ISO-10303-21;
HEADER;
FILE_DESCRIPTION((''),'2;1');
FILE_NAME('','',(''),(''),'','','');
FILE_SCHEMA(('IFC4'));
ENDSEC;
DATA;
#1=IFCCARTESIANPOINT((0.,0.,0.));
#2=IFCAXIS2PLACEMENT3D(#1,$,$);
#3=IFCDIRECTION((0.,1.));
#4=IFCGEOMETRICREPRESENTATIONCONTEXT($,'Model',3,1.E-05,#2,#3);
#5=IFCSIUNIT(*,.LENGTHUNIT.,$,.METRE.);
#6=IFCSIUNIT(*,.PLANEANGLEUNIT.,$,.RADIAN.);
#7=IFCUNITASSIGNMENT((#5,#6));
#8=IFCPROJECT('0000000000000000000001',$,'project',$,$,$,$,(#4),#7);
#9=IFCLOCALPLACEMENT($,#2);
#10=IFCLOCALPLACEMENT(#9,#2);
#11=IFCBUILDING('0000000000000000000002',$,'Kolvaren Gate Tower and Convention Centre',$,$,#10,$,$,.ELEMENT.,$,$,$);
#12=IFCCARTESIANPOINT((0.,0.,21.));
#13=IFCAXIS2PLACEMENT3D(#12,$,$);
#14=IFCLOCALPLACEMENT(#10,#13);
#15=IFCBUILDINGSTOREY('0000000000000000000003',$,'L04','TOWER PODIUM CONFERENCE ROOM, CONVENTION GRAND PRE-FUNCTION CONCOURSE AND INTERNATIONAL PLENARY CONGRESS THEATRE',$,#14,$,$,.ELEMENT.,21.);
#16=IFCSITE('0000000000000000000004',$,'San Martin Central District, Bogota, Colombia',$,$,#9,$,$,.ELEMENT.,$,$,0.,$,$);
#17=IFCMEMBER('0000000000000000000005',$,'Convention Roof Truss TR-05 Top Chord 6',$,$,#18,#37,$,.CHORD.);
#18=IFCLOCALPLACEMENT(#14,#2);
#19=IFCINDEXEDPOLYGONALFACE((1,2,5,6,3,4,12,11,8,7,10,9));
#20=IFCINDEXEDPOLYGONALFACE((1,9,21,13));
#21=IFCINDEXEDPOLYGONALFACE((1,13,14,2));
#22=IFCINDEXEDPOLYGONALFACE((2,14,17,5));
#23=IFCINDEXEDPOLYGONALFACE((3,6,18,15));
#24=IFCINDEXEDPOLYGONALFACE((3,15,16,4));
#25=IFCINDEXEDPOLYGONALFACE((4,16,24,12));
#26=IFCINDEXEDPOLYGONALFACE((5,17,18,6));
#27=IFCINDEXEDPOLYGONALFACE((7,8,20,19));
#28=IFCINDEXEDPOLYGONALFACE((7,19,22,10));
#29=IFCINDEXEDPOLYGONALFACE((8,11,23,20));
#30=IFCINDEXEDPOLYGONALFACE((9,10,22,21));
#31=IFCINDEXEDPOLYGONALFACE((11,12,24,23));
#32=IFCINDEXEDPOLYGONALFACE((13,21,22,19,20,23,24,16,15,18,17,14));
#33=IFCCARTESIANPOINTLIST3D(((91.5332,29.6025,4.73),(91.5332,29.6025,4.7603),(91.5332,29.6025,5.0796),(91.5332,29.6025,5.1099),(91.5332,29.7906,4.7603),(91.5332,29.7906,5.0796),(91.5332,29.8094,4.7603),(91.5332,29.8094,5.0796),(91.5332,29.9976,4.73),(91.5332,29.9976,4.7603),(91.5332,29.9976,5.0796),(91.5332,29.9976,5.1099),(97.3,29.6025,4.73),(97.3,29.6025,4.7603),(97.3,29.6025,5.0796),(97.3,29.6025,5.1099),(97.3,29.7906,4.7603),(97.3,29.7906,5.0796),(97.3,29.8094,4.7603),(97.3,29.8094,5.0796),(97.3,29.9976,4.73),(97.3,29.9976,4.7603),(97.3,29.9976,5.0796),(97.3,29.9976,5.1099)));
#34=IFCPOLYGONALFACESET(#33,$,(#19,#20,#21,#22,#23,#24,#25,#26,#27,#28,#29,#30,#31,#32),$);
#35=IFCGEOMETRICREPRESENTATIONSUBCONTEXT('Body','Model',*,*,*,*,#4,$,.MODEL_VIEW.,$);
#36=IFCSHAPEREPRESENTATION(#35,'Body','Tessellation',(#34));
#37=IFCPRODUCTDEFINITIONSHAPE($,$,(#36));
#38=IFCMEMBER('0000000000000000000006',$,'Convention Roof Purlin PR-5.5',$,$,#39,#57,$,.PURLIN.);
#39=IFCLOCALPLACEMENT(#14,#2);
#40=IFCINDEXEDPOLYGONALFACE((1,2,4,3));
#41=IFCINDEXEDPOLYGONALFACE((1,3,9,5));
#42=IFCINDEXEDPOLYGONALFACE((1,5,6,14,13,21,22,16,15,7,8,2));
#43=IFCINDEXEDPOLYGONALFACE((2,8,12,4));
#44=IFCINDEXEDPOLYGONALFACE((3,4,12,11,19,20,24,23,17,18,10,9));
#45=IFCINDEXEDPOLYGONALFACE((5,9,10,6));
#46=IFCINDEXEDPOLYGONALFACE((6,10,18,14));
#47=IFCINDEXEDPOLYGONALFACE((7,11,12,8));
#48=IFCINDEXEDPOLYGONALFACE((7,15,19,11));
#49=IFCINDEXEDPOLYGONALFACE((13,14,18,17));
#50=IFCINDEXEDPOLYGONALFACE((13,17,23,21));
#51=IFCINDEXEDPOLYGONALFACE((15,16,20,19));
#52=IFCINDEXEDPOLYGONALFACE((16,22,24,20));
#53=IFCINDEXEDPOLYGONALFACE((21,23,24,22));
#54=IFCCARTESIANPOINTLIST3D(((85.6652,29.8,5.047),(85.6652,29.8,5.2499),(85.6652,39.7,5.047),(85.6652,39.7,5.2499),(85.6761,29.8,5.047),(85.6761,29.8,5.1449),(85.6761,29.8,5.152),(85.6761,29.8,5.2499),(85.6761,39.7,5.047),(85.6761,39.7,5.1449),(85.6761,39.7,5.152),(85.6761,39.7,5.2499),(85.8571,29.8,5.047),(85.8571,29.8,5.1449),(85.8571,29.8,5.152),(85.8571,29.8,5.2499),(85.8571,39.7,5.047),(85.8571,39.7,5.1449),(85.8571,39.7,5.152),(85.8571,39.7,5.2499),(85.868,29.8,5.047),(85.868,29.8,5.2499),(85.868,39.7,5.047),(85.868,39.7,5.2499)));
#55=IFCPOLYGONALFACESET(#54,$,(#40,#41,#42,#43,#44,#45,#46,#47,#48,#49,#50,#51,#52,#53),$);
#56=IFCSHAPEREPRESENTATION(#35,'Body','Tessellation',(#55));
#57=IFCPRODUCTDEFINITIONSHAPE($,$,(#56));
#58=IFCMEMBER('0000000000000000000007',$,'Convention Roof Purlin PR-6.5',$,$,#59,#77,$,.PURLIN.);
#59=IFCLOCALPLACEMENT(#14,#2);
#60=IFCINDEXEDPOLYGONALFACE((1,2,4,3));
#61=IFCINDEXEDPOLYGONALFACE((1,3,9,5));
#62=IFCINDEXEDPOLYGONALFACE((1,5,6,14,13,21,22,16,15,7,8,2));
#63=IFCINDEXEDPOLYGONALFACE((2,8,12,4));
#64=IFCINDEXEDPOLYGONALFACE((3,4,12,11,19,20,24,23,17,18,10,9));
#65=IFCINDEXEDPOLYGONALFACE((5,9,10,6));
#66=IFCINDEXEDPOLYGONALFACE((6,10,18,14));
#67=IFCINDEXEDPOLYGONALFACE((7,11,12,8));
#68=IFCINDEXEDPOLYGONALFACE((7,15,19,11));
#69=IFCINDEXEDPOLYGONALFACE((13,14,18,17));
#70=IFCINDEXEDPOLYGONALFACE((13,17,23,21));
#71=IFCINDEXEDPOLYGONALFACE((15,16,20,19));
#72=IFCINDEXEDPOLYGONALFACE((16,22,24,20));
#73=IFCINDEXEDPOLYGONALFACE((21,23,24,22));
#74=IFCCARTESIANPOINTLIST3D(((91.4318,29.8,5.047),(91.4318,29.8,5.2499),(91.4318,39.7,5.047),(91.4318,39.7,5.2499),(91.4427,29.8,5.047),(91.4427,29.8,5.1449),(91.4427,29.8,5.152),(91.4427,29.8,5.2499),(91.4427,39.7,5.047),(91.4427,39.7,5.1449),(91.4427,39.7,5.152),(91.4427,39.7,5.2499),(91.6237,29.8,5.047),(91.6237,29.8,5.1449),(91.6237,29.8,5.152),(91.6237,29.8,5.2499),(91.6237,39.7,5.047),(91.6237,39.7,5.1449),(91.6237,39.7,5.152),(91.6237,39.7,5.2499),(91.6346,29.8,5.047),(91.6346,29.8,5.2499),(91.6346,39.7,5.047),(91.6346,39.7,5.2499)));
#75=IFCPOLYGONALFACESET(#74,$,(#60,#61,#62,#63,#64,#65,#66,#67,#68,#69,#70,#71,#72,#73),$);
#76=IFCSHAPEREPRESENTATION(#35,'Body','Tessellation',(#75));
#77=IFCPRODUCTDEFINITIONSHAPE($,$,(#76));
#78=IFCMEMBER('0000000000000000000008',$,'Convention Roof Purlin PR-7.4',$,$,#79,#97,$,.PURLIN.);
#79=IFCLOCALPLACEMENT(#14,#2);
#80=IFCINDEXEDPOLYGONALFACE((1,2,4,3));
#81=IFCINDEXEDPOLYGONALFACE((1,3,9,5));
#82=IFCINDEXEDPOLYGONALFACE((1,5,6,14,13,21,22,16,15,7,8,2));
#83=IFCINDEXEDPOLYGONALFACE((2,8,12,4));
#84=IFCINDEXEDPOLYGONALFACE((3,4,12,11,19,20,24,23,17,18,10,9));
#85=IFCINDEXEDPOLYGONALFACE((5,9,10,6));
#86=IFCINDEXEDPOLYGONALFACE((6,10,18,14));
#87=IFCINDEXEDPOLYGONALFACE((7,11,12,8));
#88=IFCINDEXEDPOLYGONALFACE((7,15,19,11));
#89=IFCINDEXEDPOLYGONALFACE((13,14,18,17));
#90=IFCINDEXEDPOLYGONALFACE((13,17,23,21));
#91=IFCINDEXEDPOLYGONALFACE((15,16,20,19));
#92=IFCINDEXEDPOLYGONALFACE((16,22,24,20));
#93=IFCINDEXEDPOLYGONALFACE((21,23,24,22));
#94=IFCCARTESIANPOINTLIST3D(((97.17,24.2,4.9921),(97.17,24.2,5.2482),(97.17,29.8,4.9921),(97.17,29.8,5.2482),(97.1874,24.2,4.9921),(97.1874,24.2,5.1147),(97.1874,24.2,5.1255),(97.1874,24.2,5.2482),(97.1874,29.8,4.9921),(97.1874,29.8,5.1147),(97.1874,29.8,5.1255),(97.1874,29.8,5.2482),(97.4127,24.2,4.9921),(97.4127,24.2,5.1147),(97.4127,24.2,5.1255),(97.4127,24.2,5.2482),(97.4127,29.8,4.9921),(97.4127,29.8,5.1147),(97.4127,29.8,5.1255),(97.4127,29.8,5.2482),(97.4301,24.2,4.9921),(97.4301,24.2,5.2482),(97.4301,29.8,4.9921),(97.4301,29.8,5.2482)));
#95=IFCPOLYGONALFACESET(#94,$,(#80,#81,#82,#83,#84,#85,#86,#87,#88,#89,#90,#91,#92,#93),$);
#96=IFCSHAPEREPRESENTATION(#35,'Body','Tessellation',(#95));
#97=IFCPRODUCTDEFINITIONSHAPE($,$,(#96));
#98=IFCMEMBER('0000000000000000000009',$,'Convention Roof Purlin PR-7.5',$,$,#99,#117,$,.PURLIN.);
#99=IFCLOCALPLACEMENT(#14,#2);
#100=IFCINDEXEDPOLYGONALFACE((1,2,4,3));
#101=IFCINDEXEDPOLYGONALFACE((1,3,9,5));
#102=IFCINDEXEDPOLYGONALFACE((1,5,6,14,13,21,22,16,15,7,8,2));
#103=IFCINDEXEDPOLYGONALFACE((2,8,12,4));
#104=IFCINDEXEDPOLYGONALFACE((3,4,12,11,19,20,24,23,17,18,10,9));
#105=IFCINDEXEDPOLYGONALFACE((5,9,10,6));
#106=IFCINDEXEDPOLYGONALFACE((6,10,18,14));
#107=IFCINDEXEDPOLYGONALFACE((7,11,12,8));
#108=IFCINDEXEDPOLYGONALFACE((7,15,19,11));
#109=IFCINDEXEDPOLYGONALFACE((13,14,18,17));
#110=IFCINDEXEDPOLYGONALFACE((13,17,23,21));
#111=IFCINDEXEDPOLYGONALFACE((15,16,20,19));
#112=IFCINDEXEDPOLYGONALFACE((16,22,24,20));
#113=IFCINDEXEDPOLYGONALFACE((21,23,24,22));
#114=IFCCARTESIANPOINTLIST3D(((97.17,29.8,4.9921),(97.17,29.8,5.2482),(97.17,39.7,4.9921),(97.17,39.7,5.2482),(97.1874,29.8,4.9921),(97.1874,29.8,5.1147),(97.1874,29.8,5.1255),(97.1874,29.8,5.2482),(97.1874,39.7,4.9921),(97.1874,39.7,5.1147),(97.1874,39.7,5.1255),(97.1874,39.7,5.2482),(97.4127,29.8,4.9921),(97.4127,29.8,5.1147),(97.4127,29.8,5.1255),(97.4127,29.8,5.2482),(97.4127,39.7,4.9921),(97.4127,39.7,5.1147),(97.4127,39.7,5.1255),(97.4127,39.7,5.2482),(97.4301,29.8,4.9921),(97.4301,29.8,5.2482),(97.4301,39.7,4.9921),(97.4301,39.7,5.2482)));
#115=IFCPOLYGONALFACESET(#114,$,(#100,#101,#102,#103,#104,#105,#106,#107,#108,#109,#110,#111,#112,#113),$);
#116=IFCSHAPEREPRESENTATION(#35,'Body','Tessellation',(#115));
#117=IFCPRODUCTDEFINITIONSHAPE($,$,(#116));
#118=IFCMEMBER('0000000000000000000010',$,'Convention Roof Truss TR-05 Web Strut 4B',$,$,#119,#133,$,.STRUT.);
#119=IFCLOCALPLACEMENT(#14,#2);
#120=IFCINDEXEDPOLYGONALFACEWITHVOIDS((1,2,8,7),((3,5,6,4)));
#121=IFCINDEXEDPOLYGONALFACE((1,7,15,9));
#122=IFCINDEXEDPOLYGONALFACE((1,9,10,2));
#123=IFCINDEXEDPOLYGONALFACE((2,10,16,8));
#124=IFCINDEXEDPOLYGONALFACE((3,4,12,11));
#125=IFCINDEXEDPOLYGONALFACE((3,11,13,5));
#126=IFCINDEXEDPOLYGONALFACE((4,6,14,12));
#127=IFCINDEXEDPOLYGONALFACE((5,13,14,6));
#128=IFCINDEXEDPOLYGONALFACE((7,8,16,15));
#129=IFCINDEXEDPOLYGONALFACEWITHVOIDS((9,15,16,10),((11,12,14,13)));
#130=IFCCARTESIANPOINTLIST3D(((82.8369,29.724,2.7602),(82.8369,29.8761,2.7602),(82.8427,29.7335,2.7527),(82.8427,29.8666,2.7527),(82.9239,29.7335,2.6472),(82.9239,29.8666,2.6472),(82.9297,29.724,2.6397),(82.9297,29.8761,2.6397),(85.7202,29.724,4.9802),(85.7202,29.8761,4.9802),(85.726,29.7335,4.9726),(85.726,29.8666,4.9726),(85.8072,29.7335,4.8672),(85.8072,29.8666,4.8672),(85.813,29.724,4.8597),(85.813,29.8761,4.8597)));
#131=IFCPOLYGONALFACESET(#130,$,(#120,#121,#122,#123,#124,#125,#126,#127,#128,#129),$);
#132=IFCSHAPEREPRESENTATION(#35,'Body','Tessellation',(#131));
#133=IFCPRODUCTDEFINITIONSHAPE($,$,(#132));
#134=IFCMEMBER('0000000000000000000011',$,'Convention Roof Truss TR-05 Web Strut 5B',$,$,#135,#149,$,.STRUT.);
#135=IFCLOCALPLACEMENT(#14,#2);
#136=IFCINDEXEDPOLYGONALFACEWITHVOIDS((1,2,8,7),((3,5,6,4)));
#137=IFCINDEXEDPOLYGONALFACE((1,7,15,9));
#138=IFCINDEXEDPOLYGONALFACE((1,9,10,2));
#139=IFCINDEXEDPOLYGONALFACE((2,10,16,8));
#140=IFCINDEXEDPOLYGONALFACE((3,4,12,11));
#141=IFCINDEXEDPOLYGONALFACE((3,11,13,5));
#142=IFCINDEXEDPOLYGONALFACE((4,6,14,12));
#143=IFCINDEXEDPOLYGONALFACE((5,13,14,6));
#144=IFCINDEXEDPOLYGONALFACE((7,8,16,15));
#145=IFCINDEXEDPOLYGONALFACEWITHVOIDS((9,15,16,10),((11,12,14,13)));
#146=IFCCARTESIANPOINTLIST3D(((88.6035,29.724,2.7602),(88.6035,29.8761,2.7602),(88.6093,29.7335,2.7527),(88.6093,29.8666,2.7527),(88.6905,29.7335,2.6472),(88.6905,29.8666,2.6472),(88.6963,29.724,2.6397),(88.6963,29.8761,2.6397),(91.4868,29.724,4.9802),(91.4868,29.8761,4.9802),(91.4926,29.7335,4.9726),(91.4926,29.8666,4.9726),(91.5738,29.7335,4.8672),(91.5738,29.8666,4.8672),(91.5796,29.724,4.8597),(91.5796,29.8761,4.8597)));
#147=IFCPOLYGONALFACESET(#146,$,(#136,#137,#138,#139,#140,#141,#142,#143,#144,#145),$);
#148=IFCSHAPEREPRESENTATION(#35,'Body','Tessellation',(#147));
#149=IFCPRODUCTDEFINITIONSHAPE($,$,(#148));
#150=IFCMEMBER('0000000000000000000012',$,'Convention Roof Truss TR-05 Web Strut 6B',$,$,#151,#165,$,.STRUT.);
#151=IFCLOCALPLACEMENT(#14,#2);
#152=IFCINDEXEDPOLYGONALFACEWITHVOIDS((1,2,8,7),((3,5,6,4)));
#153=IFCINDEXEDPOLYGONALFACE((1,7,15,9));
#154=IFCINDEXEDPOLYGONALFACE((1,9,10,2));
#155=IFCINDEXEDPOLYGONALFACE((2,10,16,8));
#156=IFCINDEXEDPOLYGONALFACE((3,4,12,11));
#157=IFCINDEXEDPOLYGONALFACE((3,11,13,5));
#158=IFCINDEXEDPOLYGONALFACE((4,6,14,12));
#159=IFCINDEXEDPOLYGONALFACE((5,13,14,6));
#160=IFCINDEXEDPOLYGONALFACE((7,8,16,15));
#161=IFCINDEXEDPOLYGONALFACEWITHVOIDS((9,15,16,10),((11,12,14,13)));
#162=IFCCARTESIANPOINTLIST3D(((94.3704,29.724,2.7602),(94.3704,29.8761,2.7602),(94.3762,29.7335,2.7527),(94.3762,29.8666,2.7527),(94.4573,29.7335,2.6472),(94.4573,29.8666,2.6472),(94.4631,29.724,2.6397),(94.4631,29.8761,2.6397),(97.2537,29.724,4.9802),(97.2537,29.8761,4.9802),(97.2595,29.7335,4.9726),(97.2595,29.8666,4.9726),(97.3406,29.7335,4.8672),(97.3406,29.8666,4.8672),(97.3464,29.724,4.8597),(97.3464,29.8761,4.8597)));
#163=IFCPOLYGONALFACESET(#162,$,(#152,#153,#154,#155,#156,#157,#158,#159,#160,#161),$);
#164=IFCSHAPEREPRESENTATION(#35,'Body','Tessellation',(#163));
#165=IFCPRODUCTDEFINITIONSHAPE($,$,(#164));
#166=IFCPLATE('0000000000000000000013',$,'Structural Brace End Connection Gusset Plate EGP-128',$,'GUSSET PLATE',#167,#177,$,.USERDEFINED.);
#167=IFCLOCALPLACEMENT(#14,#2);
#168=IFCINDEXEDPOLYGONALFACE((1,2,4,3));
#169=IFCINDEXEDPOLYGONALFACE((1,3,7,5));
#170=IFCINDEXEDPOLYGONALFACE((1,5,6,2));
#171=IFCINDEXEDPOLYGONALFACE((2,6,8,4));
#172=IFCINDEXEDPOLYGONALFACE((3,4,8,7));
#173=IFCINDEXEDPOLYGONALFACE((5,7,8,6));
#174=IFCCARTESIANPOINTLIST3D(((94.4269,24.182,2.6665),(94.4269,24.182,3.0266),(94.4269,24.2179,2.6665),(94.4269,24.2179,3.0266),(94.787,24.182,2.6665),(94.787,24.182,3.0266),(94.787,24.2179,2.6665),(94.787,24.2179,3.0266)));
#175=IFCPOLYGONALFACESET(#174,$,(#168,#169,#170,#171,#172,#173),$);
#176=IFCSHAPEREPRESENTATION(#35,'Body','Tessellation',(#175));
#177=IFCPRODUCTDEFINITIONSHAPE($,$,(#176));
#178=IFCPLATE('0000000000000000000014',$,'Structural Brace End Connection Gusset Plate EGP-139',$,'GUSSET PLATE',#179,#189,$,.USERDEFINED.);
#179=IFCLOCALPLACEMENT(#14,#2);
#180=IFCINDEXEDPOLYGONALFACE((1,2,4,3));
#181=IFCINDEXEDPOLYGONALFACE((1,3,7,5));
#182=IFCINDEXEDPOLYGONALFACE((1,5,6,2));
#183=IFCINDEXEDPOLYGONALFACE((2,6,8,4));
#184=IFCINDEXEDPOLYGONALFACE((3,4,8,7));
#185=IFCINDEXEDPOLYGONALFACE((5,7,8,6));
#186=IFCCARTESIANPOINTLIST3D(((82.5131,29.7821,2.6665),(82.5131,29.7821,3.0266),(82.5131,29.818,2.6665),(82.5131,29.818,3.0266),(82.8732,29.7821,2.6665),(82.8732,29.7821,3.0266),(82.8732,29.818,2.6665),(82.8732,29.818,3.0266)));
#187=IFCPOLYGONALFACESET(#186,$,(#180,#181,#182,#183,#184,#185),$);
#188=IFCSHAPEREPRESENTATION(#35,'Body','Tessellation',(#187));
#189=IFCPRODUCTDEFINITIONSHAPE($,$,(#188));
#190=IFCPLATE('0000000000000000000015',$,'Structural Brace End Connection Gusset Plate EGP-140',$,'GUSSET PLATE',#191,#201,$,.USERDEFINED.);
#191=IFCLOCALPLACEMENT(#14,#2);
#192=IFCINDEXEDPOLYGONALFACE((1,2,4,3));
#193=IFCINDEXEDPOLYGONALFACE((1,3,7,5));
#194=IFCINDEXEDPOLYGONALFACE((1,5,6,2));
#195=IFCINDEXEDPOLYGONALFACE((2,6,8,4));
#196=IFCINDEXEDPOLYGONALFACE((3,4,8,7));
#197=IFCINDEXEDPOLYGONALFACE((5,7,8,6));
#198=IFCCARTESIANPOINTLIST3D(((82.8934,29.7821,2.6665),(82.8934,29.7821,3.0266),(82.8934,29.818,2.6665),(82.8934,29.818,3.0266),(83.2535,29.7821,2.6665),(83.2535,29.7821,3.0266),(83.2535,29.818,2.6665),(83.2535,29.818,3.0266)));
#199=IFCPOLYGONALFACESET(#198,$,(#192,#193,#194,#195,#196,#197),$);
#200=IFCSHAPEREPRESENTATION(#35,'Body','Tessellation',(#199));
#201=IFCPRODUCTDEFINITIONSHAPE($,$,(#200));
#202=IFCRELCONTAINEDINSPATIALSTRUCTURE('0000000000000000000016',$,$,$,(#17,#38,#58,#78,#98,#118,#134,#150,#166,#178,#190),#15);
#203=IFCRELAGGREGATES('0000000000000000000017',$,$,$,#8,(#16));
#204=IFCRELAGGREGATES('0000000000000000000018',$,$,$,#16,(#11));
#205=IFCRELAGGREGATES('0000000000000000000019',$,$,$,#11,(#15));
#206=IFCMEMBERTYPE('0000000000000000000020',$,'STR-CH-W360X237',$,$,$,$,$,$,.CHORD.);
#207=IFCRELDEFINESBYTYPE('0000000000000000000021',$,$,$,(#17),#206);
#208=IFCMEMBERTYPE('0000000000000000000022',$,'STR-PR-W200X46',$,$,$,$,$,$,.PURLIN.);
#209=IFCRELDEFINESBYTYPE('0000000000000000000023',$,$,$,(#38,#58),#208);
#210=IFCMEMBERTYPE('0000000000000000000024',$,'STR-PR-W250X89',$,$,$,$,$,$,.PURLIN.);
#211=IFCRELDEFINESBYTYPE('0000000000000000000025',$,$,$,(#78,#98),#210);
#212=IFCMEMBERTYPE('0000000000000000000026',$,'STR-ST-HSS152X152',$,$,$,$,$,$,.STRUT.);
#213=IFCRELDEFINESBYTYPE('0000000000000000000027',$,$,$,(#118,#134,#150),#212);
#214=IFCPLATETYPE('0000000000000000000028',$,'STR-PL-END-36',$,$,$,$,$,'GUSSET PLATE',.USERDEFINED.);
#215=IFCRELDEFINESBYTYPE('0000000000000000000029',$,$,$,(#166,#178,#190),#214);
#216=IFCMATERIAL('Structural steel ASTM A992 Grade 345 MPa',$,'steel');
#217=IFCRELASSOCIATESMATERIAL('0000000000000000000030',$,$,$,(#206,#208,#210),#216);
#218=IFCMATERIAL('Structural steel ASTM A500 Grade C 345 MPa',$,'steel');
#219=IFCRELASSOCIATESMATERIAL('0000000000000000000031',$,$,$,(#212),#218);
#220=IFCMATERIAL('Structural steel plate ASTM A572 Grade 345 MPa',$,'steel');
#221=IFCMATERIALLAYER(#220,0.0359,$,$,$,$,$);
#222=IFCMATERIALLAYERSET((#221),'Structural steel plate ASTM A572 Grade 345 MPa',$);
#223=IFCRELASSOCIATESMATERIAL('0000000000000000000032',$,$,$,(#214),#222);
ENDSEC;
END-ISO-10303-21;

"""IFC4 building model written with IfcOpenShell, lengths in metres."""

from ifc_helpers import new_model, si_unit, direction, frame, origin, origin_2d, place, context, subcontext, project, spatial, rectangle, hollow_rectangle, i_section, extrude, material, layer, layer_set, material_profile, profile_set, type_object, element, save


model = new_model("IFC4")

# Units and contexts
model_context = context("Model", 3, precision=1e-05, world=origin(), true_north=direction((0.0, 1.0)))
body_context = subcontext(model_context, "Body", "Model", "MODEL_VIEW")
ifc_project = project(units=[si_unit("LENGTHUNIT", "METRE"), si_unit("PLANEANGLEUNIT", "RADIAN")], contexts=[model_context])

# Site, building, storey
site_placement = place(None, origin())
site = spatial("IfcSite", under=ifc_project, at=site_placement, Name="San Martin Central District, Bogota, Colombia", CompositionType="ELEMENT", RefElevation=0.0)
building_placement = place(site_placement, origin())
building = spatial("IfcBuilding", under=site, at=building_placement, Name="Kolvaren Gate Tower and Convention Centre", CompositionType="ELEMENT")
storey_placement = place(building_placement, frame((0.0, 0.0, 21.0)))
storey = spatial("IfcBuildingStorey", under=building, at=storey_placement, Name="L04", Description="TOWER PODIUM CONFERENCE ROOM, CONVENTION GRAND PRE-FUNCTION CONCOURSE AND INTERNATIONAL PLENARY CONGRESS THEATRE", CompositionType="ELEMENT", Elevation=21.0)

# Shared definitions
ifc_material_1 = material(Name="Structural steel ASTM A992 Grade 345 MPa", Category="steel")

# Members
ifc_material_2 = material(Name="Structural steel ASTM A500 Grade C 345 MPa", Category="steel")
ifc_material_profile_1 = material_profile(ifc_material_1, i_section(OverallWidth=0.395, OverallDepth=0.3799, WebThickness=0.0188, FlangeThickness=0.0303, at=origin_2d()), Name="W360X237")
ifc_profile_set_1 = profile_set([ifc_material_profile_1], Name="Structural steel ASTM A992 Grade 345 MPa")
member_type_1 = type_object("IfcMemberType", Name="STR-CH-W360X237", PredefinedType="CHORD", material=ifc_profile_set_1)
member_1_placement = place(storey_placement, frame((91.5332, 29.8, 4.9199), z_axis=(1.0, 0.0, 0.0), x_axis=(0.0, 1.0, 0.0)))
element("IfcMember", 1, at=member_1_placement, inside=storey, type_object=member_type_1, Name="Convention Roof Truss TR-05 Top Chord 6", PredefinedType="CHORD", context=body_context, shape_type="SweptSolid", body=[
    extrude(i_section(OverallWidth=0.395, OverallDepth=0.3799, WebThickness=0.0188, FlangeThickness=0.0303, at=origin_2d()), origin(), (0.0, 0.0, 1.0), 5.7668),
])
ifc_material_profile_2 = material_profile(ifc_material_1, i_section(OverallWidth=0.2029, OverallDepth=0.2029, WebThickness=0.0071, FlangeThickness=0.011, at=origin_2d()), Name="W200X46")
ifc_profile_set_2 = profile_set([ifc_material_profile_2], Name="Structural steel ASTM A992 Grade 345 MPa")
member_type_2 = type_object("IfcMemberType", Name="STR-PR-W200X46", PredefinedType="PURLIN", material=ifc_profile_set_2)
for number, where, z_axis, x_axis, name in (
    (2, (85.7666, 29.8, 5.1484), (0.0, 1.0, 0.0), (0.0, 0.0, 1.0), "Convention Roof Purlin PR-5.5"),
    (3, (91.5332, 29.8, 5.1484), (0.0, 1.0, 0.0), (0.0, 0.0, 1.0), "Convention Roof Purlin PR-6.5"),
):
    element("IfcMember", number, at=place(storey_placement, frame(where, z_axis=z_axis, x_axis=x_axis)), inside=storey, type_object=member_type_2, Name=name, PredefinedType="PURLIN", context=body_context, shape_type="SweptSolid", body=[
        extrude(i_section(OverallWidth=0.2029, OverallDepth=0.2029, WebThickness=0.0071, FlangeThickness=0.011, at=origin_2d()), origin(), (0.0, 0.0, 1.0), 9.8999),
    ])
ifc_material_profile_3 = material_profile(ifc_material_1, i_section(OverallWidth=0.2561, OverallDepth=0.26, WebThickness=0.0107, FlangeThickness=0.0173, at=origin_2d()), Name="W250X89")
ifc_profile_set_3 = profile_set([ifc_material_profile_3], Name="Structural steel ASTM A992 Grade 345 MPa")
member_type_3 = type_object("IfcMemberType", Name="STR-PR-W250X89", PredefinedType="PURLIN", material=ifc_profile_set_3)
member_2_placement = place(storey_placement, frame((97.3, 24.2, 5.1201), z_axis=(0.0, 1.0, 0.0), x_axis=(0.0, 0.0, 1.0)))
element("IfcMember", 4, at=member_2_placement, inside=storey, type_object=member_type_3, Name="Convention Roof Purlin PR-7.4", PredefinedType="PURLIN", context=body_context, shape_type="SweptSolid", body=[
    extrude(i_section(OverallWidth=0.2561, OverallDepth=0.26, WebThickness=0.0107, FlangeThickness=0.0173, at=origin_2d()), origin(), (0.0, 0.0, 1.0), 5.6001),
])
member_3_placement = place(storey_placement, frame((97.3, 29.8, 5.1201), z_axis=(0.0, 1.0, 0.0), x_axis=(0.0, 0.0, 1.0)))
element("IfcMember", 5, at=member_3_placement, inside=storey, type_object=member_type_3, Name="Convention Roof Purlin PR-7.5", PredefinedType="PURLIN", context=body_context, shape_type="SweptSolid", body=[
    extrude(i_section(OverallWidth=0.2561, OverallDepth=0.26, WebThickness=0.0107, FlangeThickness=0.0173, at=origin_2d()), origin(), (0.0, 0.0, 1.0), 9.8999),
])
ifc_material_profile_4 = material_profile(ifc_material_2, hollow_rectangle(XDim=0.1521, YDim=0.1521, WallThickness=0.0095, at=origin_2d()), Name="HSS152X152X9.5")
ifc_profile_set_4 = profile_set([ifc_material_profile_4], Name="Structural steel ASTM A500 Grade C 345 MPa")
member_type_4 = type_object("IfcMemberType", Name="STR-ST-HSS152X152", PredefinedType="STRUT", material=ifc_profile_set_4)
for number, where, z_axis, x_axis, name in (
    (6, (82.8833, 29.8, 2.7), (0.792352, 0.0, 0.610064), (0.0, 1.0, 0.0), "Convention Roof Truss TR-05 Web Strut 4B"),
    (7, (88.6499, 29.8, 2.7), (0.792352, 0.0, 0.610064), (0.0, 1.0, 0.0), "Convention Roof Truss TR-05 Web Strut 5B"),
    (8, (94.4167, 29.8, 2.7), (0.792352, 0.0, 0.610064), (0.0, 1.0, 0.0), "Convention Roof Truss TR-05 Web Strut 6B"),
):
    element("IfcMember", number, at=place(storey_placement, frame(where, z_axis=z_axis, x_axis=x_axis)), inside=storey, type_object=member_type_4, Name=name, PredefinedType="STRUT", context=body_context, shape_type="SweptSolid", body=[
        extrude(hollow_rectangle(XDim=0.1521, YDim=0.1521, WallThickness=0.0095, at=origin_2d()), origin(), (0.0, 0.0, 1.0), 3.6389),
    ])

# Plates
ifc_material_3 = material(Name="Structural steel plate ASTM A572 Grade 345 MPa", Category="steel")
ifc_layer_1 = layer(ifc_material_3, 0.0359)
ifc_layer_set_1 = layer_set([ifc_layer_1], Name="Structural steel plate ASTM A572 Grade 345 MPa")
plate_type_1 = type_object("IfcPlateType", Name="STR-PL-END-36", ElementType="GUSSET PLATE", PredefinedType="USERDEFINED", material=ifc_layer_set_1)
for number, where, z_axis, x_axis, name in (
    (9, (94.6069, 24.2, 2.6665), (0.0, 0.0, 1.0), (1.0, 0.0, 0.0), "Structural Brace End Connection Gusset Plate EGP-128"),
    (10, (82.6931, 29.8, 2.6665), (0.0, 0.0, 1.0), (1.0, 0.0, 0.0), "Structural Brace End Connection Gusset Plate EGP-139"),
    (11, (83.0735, 29.8, 2.6665), (0.0, 0.0, 1.0), (1.0, 0.0, 0.0), "Structural Brace End Connection Gusset Plate EGP-140"),
):
    element("IfcPlate", number, at=place(storey_placement, frame(where, z_axis=z_axis, x_axis=x_axis)), inside=storey, type_object=plate_type_1, Name=name, ObjectType="GUSSET PLATE", PredefinedType="USERDEFINED", context=body_context, shape_type="SweptSolid", body=[
        extrude(rectangle(XDim=0.3601, YDim=0.0359, at=origin_2d()), origin(), (0.0, 0.0, 1.0), 0.3601),
    ])

save(model, "model.ifc")
